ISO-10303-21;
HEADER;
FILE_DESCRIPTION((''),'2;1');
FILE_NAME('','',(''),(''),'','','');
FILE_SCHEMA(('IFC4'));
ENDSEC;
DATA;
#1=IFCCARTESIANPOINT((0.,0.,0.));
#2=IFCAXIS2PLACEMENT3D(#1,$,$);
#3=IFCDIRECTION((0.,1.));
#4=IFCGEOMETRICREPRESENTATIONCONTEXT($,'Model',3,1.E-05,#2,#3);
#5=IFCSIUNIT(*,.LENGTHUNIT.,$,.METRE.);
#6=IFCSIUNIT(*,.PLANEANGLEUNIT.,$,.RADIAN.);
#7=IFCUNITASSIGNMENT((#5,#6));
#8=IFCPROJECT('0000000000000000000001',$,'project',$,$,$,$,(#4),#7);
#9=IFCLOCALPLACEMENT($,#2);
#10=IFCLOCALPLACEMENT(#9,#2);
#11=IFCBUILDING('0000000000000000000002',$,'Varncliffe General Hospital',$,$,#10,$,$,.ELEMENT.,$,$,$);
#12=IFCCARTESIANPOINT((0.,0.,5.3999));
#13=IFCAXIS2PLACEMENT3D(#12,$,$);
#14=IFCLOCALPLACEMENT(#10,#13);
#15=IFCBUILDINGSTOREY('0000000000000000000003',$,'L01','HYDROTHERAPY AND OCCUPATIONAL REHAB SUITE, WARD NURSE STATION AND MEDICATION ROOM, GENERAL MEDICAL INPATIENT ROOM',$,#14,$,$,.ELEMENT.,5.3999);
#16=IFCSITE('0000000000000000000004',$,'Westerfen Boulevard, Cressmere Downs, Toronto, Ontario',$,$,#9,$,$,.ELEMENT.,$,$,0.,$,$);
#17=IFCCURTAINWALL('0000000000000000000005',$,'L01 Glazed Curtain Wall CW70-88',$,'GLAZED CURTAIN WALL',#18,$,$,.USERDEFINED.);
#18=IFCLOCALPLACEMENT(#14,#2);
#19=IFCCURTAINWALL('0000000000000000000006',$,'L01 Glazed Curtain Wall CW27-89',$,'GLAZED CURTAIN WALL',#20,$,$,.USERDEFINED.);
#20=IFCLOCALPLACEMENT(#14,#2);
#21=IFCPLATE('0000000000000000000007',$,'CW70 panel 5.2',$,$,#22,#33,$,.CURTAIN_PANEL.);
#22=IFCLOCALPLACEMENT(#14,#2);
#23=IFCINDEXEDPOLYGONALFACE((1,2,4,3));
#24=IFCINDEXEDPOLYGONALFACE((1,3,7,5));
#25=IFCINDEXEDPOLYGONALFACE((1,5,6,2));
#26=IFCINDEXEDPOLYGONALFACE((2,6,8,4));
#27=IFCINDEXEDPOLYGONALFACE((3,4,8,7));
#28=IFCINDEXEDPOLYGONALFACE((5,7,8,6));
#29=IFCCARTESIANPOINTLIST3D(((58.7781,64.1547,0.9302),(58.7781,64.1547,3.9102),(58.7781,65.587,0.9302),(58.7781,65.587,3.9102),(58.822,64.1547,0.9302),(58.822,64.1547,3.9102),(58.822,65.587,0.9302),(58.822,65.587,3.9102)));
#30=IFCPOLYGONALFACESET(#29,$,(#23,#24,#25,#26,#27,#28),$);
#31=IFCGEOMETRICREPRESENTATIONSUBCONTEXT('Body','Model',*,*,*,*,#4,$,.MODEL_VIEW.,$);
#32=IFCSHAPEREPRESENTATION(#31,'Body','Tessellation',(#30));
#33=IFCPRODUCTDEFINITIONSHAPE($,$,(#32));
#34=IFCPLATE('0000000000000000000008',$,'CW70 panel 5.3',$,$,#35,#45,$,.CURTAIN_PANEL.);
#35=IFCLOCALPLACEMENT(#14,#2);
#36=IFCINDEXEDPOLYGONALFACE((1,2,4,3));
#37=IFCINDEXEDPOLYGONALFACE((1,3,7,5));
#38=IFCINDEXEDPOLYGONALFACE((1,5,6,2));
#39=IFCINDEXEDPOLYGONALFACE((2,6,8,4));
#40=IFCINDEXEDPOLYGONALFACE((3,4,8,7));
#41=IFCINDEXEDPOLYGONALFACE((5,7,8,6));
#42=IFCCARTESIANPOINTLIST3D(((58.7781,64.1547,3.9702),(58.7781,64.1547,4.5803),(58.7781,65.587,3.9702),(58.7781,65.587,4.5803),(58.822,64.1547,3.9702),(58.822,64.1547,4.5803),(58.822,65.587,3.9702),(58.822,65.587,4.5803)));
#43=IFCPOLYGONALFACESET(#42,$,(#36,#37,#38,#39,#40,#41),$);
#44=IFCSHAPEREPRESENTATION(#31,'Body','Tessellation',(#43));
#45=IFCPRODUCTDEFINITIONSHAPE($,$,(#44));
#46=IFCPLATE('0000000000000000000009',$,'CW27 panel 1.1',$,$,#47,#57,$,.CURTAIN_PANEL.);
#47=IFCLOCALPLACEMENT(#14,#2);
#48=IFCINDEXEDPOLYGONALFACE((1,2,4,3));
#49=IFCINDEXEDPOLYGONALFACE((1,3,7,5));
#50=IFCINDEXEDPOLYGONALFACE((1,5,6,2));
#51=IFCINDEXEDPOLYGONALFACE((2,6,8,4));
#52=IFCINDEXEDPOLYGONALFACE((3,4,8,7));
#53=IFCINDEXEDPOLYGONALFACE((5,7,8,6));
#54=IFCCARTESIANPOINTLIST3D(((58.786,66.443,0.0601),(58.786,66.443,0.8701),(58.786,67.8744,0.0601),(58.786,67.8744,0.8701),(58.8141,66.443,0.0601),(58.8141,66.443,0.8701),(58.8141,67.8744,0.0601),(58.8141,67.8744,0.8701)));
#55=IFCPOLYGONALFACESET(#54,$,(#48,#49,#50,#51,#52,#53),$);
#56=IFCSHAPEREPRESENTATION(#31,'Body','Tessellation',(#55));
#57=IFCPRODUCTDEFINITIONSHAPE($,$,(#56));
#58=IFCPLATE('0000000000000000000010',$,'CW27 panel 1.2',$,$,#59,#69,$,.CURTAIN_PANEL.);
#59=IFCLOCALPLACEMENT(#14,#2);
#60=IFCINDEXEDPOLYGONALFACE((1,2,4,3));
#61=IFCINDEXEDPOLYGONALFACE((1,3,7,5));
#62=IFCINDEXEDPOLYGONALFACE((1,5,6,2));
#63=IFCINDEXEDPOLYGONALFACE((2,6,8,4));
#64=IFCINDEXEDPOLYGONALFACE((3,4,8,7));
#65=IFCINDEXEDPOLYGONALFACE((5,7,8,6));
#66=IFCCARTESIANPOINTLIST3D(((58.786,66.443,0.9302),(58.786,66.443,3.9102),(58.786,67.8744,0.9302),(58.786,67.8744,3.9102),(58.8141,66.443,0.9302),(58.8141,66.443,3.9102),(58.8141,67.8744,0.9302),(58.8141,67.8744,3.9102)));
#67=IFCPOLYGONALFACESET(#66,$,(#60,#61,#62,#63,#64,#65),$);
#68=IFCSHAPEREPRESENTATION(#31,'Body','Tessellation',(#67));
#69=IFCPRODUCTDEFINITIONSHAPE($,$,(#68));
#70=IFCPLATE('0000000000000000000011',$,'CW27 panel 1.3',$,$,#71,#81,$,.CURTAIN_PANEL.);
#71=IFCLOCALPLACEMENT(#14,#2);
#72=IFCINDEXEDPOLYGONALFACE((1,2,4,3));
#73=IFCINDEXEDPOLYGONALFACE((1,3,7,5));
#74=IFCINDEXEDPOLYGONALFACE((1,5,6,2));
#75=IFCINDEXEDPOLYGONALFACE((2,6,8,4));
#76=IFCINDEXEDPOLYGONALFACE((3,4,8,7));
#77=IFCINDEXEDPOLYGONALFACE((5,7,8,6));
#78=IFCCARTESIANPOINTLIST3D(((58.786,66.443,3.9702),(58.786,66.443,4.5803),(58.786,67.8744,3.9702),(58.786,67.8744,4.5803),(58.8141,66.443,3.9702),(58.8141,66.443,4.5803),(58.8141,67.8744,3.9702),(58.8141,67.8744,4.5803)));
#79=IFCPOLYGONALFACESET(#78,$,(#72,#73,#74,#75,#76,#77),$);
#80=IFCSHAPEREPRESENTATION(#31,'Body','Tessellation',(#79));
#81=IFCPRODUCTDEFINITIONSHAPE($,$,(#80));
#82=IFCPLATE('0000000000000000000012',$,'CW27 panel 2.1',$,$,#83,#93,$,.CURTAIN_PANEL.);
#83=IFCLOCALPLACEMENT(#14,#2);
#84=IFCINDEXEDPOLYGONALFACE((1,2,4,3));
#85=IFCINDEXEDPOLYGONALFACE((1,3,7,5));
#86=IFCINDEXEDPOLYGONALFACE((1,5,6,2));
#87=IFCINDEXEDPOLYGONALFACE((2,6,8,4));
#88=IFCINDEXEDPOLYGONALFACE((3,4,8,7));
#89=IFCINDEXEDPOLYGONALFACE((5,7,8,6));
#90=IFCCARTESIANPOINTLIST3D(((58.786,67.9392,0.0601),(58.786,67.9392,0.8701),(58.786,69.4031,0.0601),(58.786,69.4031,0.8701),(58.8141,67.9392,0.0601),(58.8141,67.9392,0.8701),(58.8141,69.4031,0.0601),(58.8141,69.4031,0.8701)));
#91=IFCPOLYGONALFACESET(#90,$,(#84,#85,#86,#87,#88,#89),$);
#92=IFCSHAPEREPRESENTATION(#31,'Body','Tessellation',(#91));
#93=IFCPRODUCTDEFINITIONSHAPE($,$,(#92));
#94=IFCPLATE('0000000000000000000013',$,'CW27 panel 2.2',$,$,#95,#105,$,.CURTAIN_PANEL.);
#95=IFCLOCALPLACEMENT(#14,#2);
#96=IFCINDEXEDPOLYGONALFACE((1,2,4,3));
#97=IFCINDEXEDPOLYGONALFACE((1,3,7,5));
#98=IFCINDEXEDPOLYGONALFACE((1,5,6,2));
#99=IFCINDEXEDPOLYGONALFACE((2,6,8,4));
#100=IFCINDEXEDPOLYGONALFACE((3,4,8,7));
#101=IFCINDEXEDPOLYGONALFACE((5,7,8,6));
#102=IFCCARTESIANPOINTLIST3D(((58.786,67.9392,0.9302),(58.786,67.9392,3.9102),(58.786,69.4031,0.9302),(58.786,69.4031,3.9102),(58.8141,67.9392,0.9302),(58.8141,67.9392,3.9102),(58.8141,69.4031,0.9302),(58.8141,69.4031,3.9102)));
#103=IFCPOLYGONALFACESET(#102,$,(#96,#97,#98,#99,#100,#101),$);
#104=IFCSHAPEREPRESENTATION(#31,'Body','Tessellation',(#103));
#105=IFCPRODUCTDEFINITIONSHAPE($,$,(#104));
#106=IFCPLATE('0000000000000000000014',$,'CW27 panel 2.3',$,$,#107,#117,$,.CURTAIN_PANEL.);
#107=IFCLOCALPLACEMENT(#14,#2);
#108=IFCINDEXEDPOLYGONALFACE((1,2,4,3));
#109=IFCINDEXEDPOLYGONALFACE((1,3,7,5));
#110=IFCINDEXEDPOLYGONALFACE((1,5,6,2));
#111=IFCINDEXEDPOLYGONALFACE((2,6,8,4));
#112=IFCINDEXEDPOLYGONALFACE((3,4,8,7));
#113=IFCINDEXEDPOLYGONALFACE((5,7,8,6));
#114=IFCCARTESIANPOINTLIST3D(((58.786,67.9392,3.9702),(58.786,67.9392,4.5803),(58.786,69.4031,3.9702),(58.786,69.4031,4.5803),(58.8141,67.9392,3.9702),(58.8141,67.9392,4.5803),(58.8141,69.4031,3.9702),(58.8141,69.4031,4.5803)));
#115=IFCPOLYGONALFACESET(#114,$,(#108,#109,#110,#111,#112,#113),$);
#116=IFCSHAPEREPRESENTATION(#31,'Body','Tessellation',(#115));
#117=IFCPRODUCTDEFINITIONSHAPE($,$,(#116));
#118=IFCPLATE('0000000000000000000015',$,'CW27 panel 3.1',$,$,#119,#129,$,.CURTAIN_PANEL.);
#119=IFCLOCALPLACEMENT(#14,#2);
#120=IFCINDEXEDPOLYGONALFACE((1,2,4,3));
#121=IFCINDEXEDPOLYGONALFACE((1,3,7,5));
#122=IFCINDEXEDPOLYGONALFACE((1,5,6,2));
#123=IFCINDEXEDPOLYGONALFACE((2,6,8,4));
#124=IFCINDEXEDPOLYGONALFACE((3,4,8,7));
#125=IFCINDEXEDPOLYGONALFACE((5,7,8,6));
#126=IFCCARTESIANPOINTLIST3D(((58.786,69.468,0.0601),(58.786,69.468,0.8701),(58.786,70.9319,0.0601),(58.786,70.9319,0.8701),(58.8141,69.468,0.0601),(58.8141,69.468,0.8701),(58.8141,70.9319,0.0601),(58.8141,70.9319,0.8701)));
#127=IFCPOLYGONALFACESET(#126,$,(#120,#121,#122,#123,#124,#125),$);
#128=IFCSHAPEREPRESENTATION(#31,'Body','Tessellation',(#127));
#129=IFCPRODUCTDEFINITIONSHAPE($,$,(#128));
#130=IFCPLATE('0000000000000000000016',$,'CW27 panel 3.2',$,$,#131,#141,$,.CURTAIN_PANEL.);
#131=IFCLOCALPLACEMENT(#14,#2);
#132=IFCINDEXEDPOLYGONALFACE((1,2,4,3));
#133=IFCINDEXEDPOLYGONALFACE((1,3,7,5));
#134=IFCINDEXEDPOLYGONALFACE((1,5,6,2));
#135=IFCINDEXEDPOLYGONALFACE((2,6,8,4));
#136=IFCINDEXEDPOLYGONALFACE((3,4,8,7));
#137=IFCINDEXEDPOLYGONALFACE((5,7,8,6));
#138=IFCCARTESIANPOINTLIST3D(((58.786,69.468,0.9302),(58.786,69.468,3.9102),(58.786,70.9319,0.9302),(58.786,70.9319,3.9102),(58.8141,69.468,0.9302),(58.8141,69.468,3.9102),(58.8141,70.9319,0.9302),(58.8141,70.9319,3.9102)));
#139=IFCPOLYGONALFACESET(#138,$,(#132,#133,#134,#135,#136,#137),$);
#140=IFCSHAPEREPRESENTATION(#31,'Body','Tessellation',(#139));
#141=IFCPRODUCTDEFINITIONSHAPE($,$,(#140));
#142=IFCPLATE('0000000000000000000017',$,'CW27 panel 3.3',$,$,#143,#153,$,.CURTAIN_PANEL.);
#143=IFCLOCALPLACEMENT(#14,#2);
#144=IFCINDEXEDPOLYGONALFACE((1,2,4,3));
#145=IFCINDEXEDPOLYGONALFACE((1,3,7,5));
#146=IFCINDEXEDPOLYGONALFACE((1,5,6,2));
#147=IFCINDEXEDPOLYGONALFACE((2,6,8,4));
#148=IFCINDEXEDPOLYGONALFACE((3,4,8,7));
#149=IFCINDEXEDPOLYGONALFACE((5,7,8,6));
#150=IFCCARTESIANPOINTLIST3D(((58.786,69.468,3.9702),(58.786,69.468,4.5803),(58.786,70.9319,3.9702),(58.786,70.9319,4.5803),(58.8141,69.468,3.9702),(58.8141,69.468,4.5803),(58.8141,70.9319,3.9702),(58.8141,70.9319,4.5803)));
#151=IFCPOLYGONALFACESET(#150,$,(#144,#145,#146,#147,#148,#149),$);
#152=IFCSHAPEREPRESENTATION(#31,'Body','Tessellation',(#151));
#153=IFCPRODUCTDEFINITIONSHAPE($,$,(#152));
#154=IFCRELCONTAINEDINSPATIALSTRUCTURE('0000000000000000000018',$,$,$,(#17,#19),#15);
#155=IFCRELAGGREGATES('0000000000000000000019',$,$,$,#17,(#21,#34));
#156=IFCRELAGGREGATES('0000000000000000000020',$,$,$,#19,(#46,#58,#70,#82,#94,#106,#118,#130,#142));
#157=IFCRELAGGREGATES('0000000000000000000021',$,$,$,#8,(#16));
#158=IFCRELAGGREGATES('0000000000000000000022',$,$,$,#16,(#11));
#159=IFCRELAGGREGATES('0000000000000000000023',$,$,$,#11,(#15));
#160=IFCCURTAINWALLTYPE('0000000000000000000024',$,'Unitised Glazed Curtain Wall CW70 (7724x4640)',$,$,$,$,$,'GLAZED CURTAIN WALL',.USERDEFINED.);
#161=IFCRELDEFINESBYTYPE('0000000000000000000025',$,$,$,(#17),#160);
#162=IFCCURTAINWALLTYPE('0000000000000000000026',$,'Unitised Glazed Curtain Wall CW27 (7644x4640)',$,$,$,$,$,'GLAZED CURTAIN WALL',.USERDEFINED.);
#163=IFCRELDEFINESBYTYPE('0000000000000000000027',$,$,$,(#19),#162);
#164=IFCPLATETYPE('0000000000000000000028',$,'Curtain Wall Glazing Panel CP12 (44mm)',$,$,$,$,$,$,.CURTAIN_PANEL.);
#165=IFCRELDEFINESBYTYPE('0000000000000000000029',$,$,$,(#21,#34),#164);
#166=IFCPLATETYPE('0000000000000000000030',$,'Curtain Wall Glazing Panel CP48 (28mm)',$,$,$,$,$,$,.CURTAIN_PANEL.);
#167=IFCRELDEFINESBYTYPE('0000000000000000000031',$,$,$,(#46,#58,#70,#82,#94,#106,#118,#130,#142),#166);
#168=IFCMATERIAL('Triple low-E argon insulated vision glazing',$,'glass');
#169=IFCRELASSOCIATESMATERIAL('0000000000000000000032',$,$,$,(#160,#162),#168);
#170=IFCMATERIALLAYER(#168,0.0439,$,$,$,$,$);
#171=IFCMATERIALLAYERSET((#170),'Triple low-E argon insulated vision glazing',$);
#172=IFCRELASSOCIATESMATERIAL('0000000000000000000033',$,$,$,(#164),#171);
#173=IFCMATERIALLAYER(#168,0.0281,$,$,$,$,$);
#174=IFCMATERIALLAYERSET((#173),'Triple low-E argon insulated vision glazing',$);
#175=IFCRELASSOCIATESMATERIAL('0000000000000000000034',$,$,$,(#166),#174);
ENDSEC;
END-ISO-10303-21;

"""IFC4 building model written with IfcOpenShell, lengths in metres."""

from ifc_helpers import new_model, si_unit, direction, frame, origin, origin_2d, place, context, subcontext, project, spatial, rectangle, extrude, material, layer, layer_set, type_object, element, aggregate, save


model = new_model("IFC4")

# Units and contexts
model_context = context("Model", 3, precision=1e-05, world=origin(), true_north=direction((0.0, 1.0)))
body_context = subcontext(model_context, "Body", "Model", "MODEL_VIEW")
ifc_project = project(units=[si_unit("LENGTHUNIT", "METRE"), si_unit("PLANEANGLEUNIT", "RADIAN")], contexts=[model_context])

# Site, building, storey
site_placement = place(None, origin())
site = spatial("IfcSite", under=ifc_project, at=site_placement, Name="Westerfen Boulevard, Cressmere Downs, Toronto, Ontario", CompositionType="ELEMENT", RefElevation=0.0)
building_placement = place(site_placement, origin())
building = spatial("IfcBuilding", under=site, at=building_placement, Name="Varncliffe General Hospital", CompositionType="ELEMENT")
storey_placement = place(building_placement, frame((0.0, 0.0, 5.3999)))
storey = spatial("IfcBuildingStorey", under=building, at=storey_placement, Name="L01", Description="HYDROTHERAPY AND OCCUPATIONAL REHAB SUITE, WARD NURSE STATION AND MEDICATION ROOM, GENERAL MEDICAL INPATIENT ROOM", CompositionType="ELEMENT", Elevation=5.3999)

# Curtain wall
ifc_material_1 = material(Name="Triple low-E argon insulated vision glazing", Category="glass")
curtain_wall_type_1 = type_object("IfcCurtainWallType", Name="Unitised Glazed Curtain Wall CW70 (7724x4640)", ElementType="GLAZED CURTAIN WALL", PredefinedType="USERDEFINED", material=ifc_material_1)
curtain_wall_1_placement = place(storey_placement, origin())
curtain_wall_1 = element("IfcCurtainWall", 1, at=curtain_wall_1_placement, inside=storey, type_object=curtain_wall_type_1, Name="L01 Glazed Curtain Wall CW70-88", ObjectType="GLAZED CURTAIN WALL", PredefinedType="USERDEFINED")

# Curtain wall
curtain_wall_type_2 = type_object("IfcCurtainWallType", Name="Unitised Glazed Curtain Wall CW27 (7644x4640)", ElementType="GLAZED CURTAIN WALL", PredefinedType="USERDEFINED", material=ifc_material_1)
curtain_wall_2_placement = place(storey_placement, origin())
curtain_wall_2 = element("IfcCurtainWall", 2, at=curtain_wall_2_placement, inside=storey, type_object=curtain_wall_type_2, Name="L01 Glazed Curtain Wall CW27-89", ObjectType="GLAZED CURTAIN WALL", PredefinedType="USERDEFINED")

# Plates
ifc_layer_1 = layer(ifc_material_1, 0.0439)
ifc_layer_set_1 = layer_set([ifc_layer_1], Name="Triple low-E argon insulated vision glazing")
plate_type_1 = type_object("IfcPlateType", Name="Curtain Wall Glazing Panel CP12 (44mm)", PredefinedType="CURTAIN_PANEL", material=ifc_layer_set_1)
plate_1_placement = place(storey_placement, frame((58.8, 64.8708, 0.9302), z_axis=(0.0, 0.0, 1.0), x_axis=(0.0, 1.0, 0.0)))
plate_1 = element("IfcPlate", 3, at=plate_1_placement, type_object=plate_type_1, Name="CW70 panel 5.2", PredefinedType="CURTAIN_PANEL", context=body_context, shape_type="SweptSolid", body=[
    extrude(rectangle(XDim=1.4324, YDim=0.0439, at=origin_2d()), origin(), (0.0, 0.0, 1.0), 2.98),
])
plate_2_placement = place(storey_placement, frame((58.8, 64.8708, 3.9702), z_axis=(0.0, 0.0, 1.0), x_axis=(0.0, 1.0, 0.0)))
plate_2 = element("IfcPlate", 4, at=plate_2_placement, type_object=plate_type_1, Name="CW70 panel 5.3", PredefinedType="CURTAIN_PANEL", context=body_context, shape_type="SweptSolid", body=[
    extrude(rectangle(XDim=1.4324, YDim=0.0439, at=origin_2d()), origin(), (0.0, 0.0, 1.0), 0.6101),
])
aggregate(curtain_wall_1, [plate_1, plate_2])
ifc_layer_2 = layer(ifc_material_1, 0.0281)
ifc_layer_set_2 = layer_set([ifc_layer_2], Name="Triple low-E argon insulated vision glazing")
plate_type_2 = type_object("IfcPlateType", Name="Curtain Wall Glazing Panel CP48 (28mm)", PredefinedType="CURTAIN_PANEL", material=ifc_layer_set_2)
plate_3_placement = place(storey_placement, frame((58.8, 67.1587, 0.0601), z_axis=(0.0, 0.0, 1.0), x_axis=(0.0, 1.0, 0.0)))
plate_3 = element("IfcPlate", 5, at=plate_3_placement, type_object=plate_type_2, Name="CW27 panel 1.1", PredefinedType="CURTAIN_PANEL", context=body_context, shape_type="SweptSolid", body=[
    extrude(rectangle(XDim=1.4314, YDim=0.0281, at=origin_2d()), origin(), (0.0, 0.0, 1.0), 0.8101),
])
plate_4_placement = place(storey_placement, frame((58.8, 67.1587, 0.9302), z_axis=(0.0, 0.0, 1.0), x_axis=(0.0, 1.0, 0.0)))
plate_4 = element("IfcPlate", 6, at=plate_4_placement, type_object=plate_type_2, Name="CW27 panel 1.2", PredefinedType="CURTAIN_PANEL", context=body_context, shape_type="SweptSolid", body=[
    extrude(rectangle(XDim=1.4314, YDim=0.0281, at=origin_2d()), origin(), (0.0, 0.0, 1.0), 2.98),
])
plate_5_placement = place(storey_placement, frame((58.8, 67.1587, 3.9702), z_axis=(0.0, 0.0, 1.0), x_axis=(0.0, 1.0, 0.0)))
plate_5 = element("IfcPlate", 7, at=plate_5_placement, type_object=plate_type_2, Name="CW27 panel 1.3", PredefinedType="CURTAIN_PANEL", context=body_context, shape_type="SweptSolid", body=[
    extrude(rectangle(XDim=1.4314, YDim=0.0281, at=origin_2d()), origin(), (0.0, 0.0, 1.0), 0.6101),
])
plate_6_placement = place(storey_placement, frame((58.8, 68.6711, 0.0601), z_axis=(0.0, 0.0, 1.0), x_axis=(0.0, 1.0, 0.0)))
plate_6 = element("IfcPlate", 8, at=plate_6_placement, type_object=plate_type_2, Name="CW27 panel 2.1", PredefinedType="CURTAIN_PANEL", context=body_context, shape_type="SweptSolid", body=[
    extrude(rectangle(XDim=1.4639, YDim=0.0281, at=origin_2d()), origin(), (0.0, 0.0, 1.0), 0.8101),
])
plate_7_placement = place(storey_placement, frame((58.8, 68.6711, 0.9302), z_axis=(0.0, 0.0, 1.0), x_axis=(0.0, 1.0, 0.0)))
plate_7 = element("IfcPlate", 9, at=plate_7_placement, type_object=plate_type_2, Name="CW27 panel 2.2", PredefinedType="CURTAIN_PANEL", context=body_context, shape_type="SweptSolid", body=[
    extrude(rectangle(XDim=1.4639, YDim=0.0281, at=origin_2d()), origin(), (0.0, 0.0, 1.0), 2.98),
])
plate_8_placement = place(storey_placement, frame((58.8, 68.6711, 3.9702), z_axis=(0.0, 0.0, 1.0), x_axis=(0.0, 1.0, 0.0)))
plate_8 = element("IfcPlate", 10, at=plate_8_placement, type_object=plate_type_2, Name="CW27 panel 2.3", PredefinedType="CURTAIN_PANEL", context=body_context, shape_type="SweptSolid", body=[
    extrude(rectangle(XDim=1.4639, YDim=0.0281, at=origin_2d()), origin(), (0.0, 0.0, 1.0), 0.6101),
])
plate_9_placement = place(storey_placement, frame((58.8, 70.2, 0.0601), z_axis=(0.0, 0.0, 1.0), x_axis=(0.0, 1.0, 0.0)))
plate_9 = element("IfcPlate", 11, at=plate_9_placement, type_object=plate_type_2, Name="CW27 panel 3.1", PredefinedType="CURTAIN_PANEL", context=body_context, shape_type="SweptSolid", body=[
    extrude(rectangle(XDim=1.4639, YDim=0.0281, at=origin_2d()), origin(), (0.0, 0.0, 1.0), 0.8101),
])
plate_10_placement = place(storey_placement, frame((58.8, 70.2, 0.9302), z_axis=(0.0, 0.0, 1.0), x_axis=(0.0, 1.0, 0.0)))
plate_10 = element("IfcPlate", 12, at=plate_10_placement, type_object=plate_type_2, Name="CW27 panel 3.2", PredefinedType="CURTAIN_PANEL", context=body_context, shape_type="SweptSolid", body=[
    extrude(rectangle(XDim=1.4639, YDim=0.0281, at=origin_2d()), origin(), (0.0, 0.0, 1.0), 2.98),
])
plate_11_placement = place(storey_placement, frame((58.8, 70.2, 3.9702), z_axis=(0.0, 0.0, 1.0), x_axis=(0.0, 1.0, 0.0)))
plate_11 = element("IfcPlate", 13, at=plate_11_placement, type_object=plate_type_2, Name="CW27 panel 3.3", PredefinedType="CURTAIN_PANEL", context=body_context, shape_type="SweptSolid", body=[
    extrude(rectangle(XDim=1.4639, YDim=0.0281, at=origin_2d()), origin(), (0.0, 0.0, 1.0), 0.6101),
])
aggregate(curtain_wall_2, [plate_3, plate_4, plate_5, plate_6, plate_7, plate_8, plate_9, plate_10, plate_11])

save(model, "model.ifc")
